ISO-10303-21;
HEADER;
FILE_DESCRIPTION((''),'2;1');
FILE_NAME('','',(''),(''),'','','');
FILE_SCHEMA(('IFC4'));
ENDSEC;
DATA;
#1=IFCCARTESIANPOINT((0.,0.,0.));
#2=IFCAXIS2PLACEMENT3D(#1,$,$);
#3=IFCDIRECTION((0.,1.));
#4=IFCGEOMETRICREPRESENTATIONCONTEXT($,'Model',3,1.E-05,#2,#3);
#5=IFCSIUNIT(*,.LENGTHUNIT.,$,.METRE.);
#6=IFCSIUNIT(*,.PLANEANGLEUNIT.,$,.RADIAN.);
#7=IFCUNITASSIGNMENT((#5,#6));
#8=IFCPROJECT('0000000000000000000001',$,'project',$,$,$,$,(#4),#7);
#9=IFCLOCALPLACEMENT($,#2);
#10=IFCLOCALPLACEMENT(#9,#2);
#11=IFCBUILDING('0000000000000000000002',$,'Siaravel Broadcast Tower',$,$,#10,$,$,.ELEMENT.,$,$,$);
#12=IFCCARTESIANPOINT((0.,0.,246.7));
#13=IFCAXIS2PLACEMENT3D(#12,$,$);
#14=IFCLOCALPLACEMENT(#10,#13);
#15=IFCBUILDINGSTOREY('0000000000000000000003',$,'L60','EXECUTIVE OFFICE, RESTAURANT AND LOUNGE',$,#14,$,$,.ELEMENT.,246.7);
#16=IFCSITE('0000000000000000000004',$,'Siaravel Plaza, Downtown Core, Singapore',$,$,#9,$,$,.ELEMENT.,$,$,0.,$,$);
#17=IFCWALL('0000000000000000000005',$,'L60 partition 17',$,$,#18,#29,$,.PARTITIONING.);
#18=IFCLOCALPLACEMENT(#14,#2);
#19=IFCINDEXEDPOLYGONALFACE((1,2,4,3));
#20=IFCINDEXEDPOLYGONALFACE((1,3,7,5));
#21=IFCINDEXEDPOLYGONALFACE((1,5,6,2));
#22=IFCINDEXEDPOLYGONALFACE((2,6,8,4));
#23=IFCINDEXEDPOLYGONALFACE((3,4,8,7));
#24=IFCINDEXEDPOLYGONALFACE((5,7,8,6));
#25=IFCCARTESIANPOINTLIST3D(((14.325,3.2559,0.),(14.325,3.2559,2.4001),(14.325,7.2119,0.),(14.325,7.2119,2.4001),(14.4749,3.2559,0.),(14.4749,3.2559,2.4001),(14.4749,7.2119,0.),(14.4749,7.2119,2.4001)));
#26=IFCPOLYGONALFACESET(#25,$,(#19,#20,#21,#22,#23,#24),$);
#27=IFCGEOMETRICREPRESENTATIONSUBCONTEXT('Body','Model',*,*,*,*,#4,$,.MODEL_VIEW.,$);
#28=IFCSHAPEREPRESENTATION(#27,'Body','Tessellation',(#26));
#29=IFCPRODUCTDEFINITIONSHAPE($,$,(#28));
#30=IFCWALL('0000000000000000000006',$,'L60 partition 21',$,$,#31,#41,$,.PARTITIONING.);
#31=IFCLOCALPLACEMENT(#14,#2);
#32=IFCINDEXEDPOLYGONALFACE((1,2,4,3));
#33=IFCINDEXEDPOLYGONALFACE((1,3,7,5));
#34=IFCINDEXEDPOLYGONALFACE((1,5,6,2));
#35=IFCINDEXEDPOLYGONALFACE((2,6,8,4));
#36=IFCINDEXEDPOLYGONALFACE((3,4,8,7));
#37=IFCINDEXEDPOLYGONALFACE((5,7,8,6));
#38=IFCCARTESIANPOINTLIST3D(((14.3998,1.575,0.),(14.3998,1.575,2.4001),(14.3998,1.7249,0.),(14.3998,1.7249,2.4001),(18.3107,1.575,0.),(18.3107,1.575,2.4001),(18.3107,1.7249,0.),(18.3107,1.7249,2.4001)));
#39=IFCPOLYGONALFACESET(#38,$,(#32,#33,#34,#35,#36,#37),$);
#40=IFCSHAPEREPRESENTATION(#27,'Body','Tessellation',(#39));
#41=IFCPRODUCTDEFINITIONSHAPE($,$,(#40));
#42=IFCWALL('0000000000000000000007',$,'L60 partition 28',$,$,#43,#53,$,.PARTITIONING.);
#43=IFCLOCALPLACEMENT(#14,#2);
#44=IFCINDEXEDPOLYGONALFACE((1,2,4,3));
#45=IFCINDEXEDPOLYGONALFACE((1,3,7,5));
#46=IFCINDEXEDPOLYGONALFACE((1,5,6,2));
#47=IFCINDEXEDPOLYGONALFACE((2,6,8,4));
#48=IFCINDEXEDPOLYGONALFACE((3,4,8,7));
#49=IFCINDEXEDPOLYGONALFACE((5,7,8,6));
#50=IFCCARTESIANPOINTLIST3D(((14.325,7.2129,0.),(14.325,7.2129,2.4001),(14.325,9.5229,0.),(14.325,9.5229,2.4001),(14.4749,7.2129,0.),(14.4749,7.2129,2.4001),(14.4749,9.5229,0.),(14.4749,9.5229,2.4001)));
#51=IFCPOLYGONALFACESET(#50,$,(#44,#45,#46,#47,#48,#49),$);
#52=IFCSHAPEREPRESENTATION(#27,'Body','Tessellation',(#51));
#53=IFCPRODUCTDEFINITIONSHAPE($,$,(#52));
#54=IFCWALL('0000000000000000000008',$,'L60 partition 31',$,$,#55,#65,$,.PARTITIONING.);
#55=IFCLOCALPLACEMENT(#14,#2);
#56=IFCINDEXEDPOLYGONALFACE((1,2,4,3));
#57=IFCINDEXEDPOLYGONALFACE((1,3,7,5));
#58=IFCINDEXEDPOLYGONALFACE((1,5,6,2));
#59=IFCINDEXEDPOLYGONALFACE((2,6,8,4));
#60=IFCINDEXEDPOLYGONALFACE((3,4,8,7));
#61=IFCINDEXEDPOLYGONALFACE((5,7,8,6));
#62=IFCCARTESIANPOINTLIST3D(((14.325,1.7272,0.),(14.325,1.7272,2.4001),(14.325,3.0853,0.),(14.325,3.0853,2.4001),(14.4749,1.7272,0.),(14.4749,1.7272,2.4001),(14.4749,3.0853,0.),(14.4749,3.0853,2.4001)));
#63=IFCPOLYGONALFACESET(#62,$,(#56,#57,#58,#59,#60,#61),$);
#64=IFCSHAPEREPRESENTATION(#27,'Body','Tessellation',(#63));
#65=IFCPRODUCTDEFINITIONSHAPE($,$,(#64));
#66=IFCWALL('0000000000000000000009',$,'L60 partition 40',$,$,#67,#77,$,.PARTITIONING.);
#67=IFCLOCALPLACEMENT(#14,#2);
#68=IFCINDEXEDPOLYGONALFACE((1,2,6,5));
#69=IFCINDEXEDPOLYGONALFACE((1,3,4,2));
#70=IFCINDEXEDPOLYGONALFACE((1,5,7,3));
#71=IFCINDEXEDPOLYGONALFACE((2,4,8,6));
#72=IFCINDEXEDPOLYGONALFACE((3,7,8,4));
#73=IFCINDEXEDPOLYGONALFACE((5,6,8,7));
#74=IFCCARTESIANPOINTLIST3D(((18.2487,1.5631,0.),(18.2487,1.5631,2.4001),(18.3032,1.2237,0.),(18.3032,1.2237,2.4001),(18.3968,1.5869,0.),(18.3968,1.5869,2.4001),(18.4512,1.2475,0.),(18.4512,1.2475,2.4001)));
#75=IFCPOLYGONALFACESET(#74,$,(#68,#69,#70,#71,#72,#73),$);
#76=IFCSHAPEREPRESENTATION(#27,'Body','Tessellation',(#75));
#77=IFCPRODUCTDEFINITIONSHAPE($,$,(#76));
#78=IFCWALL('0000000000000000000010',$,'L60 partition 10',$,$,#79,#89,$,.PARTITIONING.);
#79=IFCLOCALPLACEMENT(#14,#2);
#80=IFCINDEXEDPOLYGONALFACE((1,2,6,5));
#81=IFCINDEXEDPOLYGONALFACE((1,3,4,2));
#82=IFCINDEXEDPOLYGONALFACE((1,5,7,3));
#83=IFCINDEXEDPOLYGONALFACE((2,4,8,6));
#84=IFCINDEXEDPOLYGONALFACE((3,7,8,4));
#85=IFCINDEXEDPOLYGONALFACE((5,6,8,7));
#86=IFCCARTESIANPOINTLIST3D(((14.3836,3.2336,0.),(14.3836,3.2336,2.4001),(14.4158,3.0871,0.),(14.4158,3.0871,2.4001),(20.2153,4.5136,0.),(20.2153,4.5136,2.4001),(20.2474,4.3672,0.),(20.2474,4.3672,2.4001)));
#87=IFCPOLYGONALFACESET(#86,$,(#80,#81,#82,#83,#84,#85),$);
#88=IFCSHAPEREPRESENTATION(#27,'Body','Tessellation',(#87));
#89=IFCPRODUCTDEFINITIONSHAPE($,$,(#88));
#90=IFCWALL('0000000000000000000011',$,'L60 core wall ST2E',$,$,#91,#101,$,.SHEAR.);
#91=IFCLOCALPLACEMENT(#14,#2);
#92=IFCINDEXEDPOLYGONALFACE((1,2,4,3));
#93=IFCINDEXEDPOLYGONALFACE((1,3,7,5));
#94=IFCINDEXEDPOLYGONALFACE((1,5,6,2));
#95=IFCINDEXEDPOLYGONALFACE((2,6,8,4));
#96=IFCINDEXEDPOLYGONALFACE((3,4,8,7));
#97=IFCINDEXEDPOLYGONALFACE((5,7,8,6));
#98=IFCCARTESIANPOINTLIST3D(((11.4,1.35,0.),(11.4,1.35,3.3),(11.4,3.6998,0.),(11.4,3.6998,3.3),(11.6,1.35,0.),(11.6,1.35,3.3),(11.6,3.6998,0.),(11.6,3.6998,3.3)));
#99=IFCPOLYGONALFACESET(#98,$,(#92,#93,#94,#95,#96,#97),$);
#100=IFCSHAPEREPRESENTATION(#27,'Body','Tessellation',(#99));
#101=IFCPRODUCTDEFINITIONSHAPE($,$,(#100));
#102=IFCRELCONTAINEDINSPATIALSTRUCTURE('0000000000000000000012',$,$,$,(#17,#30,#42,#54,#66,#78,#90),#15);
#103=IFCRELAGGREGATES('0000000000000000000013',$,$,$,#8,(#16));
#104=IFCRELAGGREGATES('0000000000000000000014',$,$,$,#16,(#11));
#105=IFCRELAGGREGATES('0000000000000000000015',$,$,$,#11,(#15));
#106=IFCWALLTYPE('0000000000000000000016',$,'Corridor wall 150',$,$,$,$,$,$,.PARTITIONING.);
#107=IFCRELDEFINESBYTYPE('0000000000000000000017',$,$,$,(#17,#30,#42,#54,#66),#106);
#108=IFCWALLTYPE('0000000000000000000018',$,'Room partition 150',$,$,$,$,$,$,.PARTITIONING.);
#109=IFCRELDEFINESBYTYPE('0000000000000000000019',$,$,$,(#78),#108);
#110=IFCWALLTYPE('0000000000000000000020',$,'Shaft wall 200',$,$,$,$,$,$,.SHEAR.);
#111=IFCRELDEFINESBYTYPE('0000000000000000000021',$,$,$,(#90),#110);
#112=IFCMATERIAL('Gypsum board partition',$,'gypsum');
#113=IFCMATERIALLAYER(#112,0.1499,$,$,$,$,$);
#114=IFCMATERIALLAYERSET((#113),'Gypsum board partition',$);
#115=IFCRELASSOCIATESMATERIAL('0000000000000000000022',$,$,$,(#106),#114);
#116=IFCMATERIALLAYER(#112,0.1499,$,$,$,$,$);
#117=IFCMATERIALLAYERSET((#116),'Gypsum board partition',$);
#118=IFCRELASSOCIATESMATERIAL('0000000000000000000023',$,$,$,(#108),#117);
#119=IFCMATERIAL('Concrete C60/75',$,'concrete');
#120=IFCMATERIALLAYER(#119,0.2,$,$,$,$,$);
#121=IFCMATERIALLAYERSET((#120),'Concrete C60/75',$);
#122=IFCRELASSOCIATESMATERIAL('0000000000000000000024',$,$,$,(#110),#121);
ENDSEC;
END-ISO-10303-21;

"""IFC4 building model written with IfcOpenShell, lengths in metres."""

from ifc_helpers import new_model, si_unit, direction, frame, frame_2d, origin, place, context, subcontext, project, spatial, rectangle, extrude, material, layer, layer_set, type_object, element, save


model = new_model("IFC4")

# Units and contexts
model_context = context("Model", 3, precision=1e-05, world=origin(), true_north=direction((0.0, 1.0)))
body_context = subcontext(model_context, "Body", "Model", "MODEL_VIEW")
ifc_project = project(units=[si_unit("LENGTHUNIT", "METRE"), si_unit("PLANEANGLEUNIT", "RADIAN")], contexts=[model_context])

# Site, building, storey
site_placement = place(None, origin())
site = spatial("IfcSite", under=ifc_project, at=site_placement, Name="Siaravel Plaza, Downtown Core, Singapore", CompositionType="ELEMENT", RefElevation=0.0)
building_placement = place(site_placement, origin())
building = spatial("IfcBuilding", under=site, at=building_placement, Name="Siaravel Broadcast Tower", CompositionType="ELEMENT")
storey_placement = place(building_placement, frame((0.0, 0.0, 246.7)))
storey = spatial("IfcBuildingStorey", under=building, at=storey_placement, Name="L60", Description="EXECUTIVE OFFICE, RESTAURANT AND LOUNGE", CompositionType="ELEMENT", Elevation=246.7)

# Shared definitions
ifc_material_1 = material(Name="Gypsum board partition", Category="gypsum")
ifc_layer_1 = layer(ifc_material_1, 0.1499)
ifc_layer_set_1 = layer_set([ifc_layer_1], Name="Gypsum board partition")
wall_type_1 = type_object("IfcWallType", Name="Corridor wall 150", PredefinedType="PARTITIONING", material=ifc_layer_set_1)

# Walls
wall_1_placement = place(storey_placement, frame((14.3999, 3.2559, 0.0), z_axis=(0.0, 0.0, 1.0), x_axis=(0.0, 1.0, 0.0)))
element("IfcWall", 1, at=wall_1_placement, inside=storey, type_object=wall_type_1, Name="L60 partition 17", PredefinedType="PARTITIONING", context=body_context, shape_type="SweptSolid", body=[
    extrude(rectangle(XDim=3.9561, YDim=0.1499, at=frame_2d((1.978, 0.0))), origin(), (0.0, 0.0, 1.0), 2.4001),
])
wall_2_placement = place(storey_placement, frame((18.3108, 1.6499, 0.0), z_axis=(0.0, 0.0, 1.0), x_axis=(-1.0, 0.0, 0.0)))
element("IfcWall", 2, at=wall_2_placement, inside=storey, type_object=wall_type_1, Name="L60 partition 21", PredefinedType="PARTITIONING", context=body_context, shape_type="SweptSolid", body=[
    extrude(rectangle(XDim=3.9109, YDim=0.1499, at=frame_2d((1.9556, 0.0))), origin(), (0.0, 0.0, 1.0), 2.4001),
])
wall_3_placement = place(storey_placement, frame((14.3999, 7.2129, 0.0), z_axis=(0.0, 0.0, 1.0), x_axis=(0.0, 1.0, 0.0)))
element("IfcWall", 3, at=wall_3_placement, inside=storey, type_object=wall_type_1, Name="L60 partition 28", PredefinedType="PARTITIONING", context=body_context, shape_type="SweptSolid", body=[
    extrude(rectangle(XDim=2.3101, YDim=0.1499, at=frame_2d((1.155, 0.0))), origin(), (0.0, 0.0, 1.0), 2.4001),
])
wall_4_placement = place(storey_placement, frame((14.3999, 1.7271, 0.0), z_axis=(0.0, 0.0, 1.0), x_axis=(0.0, 1.0, 0.0)))
element("IfcWall", 4, at=wall_4_placement, inside=storey, type_object=wall_type_1, Name="L60 partition 31", PredefinedType="PARTITIONING", context=body_context, shape_type="SweptSolid", body=[
    extrude(rectangle(XDim=1.3582, YDim=0.1499, at=frame_2d((0.6792, 0.0))), origin(), (0.0, 0.0, 1.0), 2.4001),
])
wall_5_placement = place(storey_placement, frame((18.3772, 1.2356, 0.0), z_axis=(0.0, 0.0, 1.0), x_axis=(-0.158406, 0.987374, 0.0)))
element("IfcWall", 5, at=wall_5_placement, inside=storey, type_object=wall_type_1, Name="L60 partition 40", PredefinedType="PARTITIONING", context=body_context, shape_type="SweptSolid", body=[
    extrude(rectangle(XDim=0.3438, YDim=0.1499, at=frame_2d((0.1719, 0.0))), origin(), (0.0, 0.0, 1.0), 2.4001),
])
ifc_layer_2 = layer(ifc_material_1, 0.1499)
ifc_layer_set_2 = layer_set([ifc_layer_2], Name="Gypsum board partition")
wall_type_2 = type_object("IfcWallType", Name="Room partition 150", PredefinedType="PARTITIONING", material=ifc_layer_set_2)
wall_6_placement = place(storey_placement, frame((20.2314, 4.4404, 0.0), z_axis=(0.0, 0.0, 1.0), x_axis=(-0.976747, -0.214397, 0.0)))
element("IfcWall", 6, at=wall_6_placement, inside=storey, type_object=wall_type_2, Name="L60 partition 10", PredefinedType="PARTITIONING", context=body_context, shape_type="SweptSolid", body=[
    extrude(rectangle(XDim=5.9705, YDim=0.1499, at=frame_2d((2.9854, 0.0))), origin(), (0.0, 0.0, 1.0), 2.4001),
])
ifc_material_2 = material(Name="Concrete C60/75", Category="concrete")
ifc_layer_3 = layer(ifc_material_2, 0.2)
ifc_layer_set_3 = layer_set([ifc_layer_3], Name="Concrete C60/75")
wall_type_3 = type_object("IfcWallType", Name="Shaft wall 200", PredefinedType="SHEAR", material=ifc_layer_set_3)
wall_7_placement = place(storey_placement, frame((11.5, 1.3501, 0.0), z_axis=(0.0, 0.0, 1.0), x_axis=(0.0, 1.0, 0.0)))
element("IfcWall", 7, at=wall_7_placement, inside=storey, type_object=wall_type_3, Name="L60 core wall ST2E", PredefinedType="SHEAR", context=body_context, shape_type="SweptSolid", body=[
    extrude(rectangle(XDim=2.3499, YDim=0.2, at=frame_2d((1.1748, 0.0))), origin(), (0.0, 0.0, 1.0), 3.3),
])

save(model, "model.ifc")
